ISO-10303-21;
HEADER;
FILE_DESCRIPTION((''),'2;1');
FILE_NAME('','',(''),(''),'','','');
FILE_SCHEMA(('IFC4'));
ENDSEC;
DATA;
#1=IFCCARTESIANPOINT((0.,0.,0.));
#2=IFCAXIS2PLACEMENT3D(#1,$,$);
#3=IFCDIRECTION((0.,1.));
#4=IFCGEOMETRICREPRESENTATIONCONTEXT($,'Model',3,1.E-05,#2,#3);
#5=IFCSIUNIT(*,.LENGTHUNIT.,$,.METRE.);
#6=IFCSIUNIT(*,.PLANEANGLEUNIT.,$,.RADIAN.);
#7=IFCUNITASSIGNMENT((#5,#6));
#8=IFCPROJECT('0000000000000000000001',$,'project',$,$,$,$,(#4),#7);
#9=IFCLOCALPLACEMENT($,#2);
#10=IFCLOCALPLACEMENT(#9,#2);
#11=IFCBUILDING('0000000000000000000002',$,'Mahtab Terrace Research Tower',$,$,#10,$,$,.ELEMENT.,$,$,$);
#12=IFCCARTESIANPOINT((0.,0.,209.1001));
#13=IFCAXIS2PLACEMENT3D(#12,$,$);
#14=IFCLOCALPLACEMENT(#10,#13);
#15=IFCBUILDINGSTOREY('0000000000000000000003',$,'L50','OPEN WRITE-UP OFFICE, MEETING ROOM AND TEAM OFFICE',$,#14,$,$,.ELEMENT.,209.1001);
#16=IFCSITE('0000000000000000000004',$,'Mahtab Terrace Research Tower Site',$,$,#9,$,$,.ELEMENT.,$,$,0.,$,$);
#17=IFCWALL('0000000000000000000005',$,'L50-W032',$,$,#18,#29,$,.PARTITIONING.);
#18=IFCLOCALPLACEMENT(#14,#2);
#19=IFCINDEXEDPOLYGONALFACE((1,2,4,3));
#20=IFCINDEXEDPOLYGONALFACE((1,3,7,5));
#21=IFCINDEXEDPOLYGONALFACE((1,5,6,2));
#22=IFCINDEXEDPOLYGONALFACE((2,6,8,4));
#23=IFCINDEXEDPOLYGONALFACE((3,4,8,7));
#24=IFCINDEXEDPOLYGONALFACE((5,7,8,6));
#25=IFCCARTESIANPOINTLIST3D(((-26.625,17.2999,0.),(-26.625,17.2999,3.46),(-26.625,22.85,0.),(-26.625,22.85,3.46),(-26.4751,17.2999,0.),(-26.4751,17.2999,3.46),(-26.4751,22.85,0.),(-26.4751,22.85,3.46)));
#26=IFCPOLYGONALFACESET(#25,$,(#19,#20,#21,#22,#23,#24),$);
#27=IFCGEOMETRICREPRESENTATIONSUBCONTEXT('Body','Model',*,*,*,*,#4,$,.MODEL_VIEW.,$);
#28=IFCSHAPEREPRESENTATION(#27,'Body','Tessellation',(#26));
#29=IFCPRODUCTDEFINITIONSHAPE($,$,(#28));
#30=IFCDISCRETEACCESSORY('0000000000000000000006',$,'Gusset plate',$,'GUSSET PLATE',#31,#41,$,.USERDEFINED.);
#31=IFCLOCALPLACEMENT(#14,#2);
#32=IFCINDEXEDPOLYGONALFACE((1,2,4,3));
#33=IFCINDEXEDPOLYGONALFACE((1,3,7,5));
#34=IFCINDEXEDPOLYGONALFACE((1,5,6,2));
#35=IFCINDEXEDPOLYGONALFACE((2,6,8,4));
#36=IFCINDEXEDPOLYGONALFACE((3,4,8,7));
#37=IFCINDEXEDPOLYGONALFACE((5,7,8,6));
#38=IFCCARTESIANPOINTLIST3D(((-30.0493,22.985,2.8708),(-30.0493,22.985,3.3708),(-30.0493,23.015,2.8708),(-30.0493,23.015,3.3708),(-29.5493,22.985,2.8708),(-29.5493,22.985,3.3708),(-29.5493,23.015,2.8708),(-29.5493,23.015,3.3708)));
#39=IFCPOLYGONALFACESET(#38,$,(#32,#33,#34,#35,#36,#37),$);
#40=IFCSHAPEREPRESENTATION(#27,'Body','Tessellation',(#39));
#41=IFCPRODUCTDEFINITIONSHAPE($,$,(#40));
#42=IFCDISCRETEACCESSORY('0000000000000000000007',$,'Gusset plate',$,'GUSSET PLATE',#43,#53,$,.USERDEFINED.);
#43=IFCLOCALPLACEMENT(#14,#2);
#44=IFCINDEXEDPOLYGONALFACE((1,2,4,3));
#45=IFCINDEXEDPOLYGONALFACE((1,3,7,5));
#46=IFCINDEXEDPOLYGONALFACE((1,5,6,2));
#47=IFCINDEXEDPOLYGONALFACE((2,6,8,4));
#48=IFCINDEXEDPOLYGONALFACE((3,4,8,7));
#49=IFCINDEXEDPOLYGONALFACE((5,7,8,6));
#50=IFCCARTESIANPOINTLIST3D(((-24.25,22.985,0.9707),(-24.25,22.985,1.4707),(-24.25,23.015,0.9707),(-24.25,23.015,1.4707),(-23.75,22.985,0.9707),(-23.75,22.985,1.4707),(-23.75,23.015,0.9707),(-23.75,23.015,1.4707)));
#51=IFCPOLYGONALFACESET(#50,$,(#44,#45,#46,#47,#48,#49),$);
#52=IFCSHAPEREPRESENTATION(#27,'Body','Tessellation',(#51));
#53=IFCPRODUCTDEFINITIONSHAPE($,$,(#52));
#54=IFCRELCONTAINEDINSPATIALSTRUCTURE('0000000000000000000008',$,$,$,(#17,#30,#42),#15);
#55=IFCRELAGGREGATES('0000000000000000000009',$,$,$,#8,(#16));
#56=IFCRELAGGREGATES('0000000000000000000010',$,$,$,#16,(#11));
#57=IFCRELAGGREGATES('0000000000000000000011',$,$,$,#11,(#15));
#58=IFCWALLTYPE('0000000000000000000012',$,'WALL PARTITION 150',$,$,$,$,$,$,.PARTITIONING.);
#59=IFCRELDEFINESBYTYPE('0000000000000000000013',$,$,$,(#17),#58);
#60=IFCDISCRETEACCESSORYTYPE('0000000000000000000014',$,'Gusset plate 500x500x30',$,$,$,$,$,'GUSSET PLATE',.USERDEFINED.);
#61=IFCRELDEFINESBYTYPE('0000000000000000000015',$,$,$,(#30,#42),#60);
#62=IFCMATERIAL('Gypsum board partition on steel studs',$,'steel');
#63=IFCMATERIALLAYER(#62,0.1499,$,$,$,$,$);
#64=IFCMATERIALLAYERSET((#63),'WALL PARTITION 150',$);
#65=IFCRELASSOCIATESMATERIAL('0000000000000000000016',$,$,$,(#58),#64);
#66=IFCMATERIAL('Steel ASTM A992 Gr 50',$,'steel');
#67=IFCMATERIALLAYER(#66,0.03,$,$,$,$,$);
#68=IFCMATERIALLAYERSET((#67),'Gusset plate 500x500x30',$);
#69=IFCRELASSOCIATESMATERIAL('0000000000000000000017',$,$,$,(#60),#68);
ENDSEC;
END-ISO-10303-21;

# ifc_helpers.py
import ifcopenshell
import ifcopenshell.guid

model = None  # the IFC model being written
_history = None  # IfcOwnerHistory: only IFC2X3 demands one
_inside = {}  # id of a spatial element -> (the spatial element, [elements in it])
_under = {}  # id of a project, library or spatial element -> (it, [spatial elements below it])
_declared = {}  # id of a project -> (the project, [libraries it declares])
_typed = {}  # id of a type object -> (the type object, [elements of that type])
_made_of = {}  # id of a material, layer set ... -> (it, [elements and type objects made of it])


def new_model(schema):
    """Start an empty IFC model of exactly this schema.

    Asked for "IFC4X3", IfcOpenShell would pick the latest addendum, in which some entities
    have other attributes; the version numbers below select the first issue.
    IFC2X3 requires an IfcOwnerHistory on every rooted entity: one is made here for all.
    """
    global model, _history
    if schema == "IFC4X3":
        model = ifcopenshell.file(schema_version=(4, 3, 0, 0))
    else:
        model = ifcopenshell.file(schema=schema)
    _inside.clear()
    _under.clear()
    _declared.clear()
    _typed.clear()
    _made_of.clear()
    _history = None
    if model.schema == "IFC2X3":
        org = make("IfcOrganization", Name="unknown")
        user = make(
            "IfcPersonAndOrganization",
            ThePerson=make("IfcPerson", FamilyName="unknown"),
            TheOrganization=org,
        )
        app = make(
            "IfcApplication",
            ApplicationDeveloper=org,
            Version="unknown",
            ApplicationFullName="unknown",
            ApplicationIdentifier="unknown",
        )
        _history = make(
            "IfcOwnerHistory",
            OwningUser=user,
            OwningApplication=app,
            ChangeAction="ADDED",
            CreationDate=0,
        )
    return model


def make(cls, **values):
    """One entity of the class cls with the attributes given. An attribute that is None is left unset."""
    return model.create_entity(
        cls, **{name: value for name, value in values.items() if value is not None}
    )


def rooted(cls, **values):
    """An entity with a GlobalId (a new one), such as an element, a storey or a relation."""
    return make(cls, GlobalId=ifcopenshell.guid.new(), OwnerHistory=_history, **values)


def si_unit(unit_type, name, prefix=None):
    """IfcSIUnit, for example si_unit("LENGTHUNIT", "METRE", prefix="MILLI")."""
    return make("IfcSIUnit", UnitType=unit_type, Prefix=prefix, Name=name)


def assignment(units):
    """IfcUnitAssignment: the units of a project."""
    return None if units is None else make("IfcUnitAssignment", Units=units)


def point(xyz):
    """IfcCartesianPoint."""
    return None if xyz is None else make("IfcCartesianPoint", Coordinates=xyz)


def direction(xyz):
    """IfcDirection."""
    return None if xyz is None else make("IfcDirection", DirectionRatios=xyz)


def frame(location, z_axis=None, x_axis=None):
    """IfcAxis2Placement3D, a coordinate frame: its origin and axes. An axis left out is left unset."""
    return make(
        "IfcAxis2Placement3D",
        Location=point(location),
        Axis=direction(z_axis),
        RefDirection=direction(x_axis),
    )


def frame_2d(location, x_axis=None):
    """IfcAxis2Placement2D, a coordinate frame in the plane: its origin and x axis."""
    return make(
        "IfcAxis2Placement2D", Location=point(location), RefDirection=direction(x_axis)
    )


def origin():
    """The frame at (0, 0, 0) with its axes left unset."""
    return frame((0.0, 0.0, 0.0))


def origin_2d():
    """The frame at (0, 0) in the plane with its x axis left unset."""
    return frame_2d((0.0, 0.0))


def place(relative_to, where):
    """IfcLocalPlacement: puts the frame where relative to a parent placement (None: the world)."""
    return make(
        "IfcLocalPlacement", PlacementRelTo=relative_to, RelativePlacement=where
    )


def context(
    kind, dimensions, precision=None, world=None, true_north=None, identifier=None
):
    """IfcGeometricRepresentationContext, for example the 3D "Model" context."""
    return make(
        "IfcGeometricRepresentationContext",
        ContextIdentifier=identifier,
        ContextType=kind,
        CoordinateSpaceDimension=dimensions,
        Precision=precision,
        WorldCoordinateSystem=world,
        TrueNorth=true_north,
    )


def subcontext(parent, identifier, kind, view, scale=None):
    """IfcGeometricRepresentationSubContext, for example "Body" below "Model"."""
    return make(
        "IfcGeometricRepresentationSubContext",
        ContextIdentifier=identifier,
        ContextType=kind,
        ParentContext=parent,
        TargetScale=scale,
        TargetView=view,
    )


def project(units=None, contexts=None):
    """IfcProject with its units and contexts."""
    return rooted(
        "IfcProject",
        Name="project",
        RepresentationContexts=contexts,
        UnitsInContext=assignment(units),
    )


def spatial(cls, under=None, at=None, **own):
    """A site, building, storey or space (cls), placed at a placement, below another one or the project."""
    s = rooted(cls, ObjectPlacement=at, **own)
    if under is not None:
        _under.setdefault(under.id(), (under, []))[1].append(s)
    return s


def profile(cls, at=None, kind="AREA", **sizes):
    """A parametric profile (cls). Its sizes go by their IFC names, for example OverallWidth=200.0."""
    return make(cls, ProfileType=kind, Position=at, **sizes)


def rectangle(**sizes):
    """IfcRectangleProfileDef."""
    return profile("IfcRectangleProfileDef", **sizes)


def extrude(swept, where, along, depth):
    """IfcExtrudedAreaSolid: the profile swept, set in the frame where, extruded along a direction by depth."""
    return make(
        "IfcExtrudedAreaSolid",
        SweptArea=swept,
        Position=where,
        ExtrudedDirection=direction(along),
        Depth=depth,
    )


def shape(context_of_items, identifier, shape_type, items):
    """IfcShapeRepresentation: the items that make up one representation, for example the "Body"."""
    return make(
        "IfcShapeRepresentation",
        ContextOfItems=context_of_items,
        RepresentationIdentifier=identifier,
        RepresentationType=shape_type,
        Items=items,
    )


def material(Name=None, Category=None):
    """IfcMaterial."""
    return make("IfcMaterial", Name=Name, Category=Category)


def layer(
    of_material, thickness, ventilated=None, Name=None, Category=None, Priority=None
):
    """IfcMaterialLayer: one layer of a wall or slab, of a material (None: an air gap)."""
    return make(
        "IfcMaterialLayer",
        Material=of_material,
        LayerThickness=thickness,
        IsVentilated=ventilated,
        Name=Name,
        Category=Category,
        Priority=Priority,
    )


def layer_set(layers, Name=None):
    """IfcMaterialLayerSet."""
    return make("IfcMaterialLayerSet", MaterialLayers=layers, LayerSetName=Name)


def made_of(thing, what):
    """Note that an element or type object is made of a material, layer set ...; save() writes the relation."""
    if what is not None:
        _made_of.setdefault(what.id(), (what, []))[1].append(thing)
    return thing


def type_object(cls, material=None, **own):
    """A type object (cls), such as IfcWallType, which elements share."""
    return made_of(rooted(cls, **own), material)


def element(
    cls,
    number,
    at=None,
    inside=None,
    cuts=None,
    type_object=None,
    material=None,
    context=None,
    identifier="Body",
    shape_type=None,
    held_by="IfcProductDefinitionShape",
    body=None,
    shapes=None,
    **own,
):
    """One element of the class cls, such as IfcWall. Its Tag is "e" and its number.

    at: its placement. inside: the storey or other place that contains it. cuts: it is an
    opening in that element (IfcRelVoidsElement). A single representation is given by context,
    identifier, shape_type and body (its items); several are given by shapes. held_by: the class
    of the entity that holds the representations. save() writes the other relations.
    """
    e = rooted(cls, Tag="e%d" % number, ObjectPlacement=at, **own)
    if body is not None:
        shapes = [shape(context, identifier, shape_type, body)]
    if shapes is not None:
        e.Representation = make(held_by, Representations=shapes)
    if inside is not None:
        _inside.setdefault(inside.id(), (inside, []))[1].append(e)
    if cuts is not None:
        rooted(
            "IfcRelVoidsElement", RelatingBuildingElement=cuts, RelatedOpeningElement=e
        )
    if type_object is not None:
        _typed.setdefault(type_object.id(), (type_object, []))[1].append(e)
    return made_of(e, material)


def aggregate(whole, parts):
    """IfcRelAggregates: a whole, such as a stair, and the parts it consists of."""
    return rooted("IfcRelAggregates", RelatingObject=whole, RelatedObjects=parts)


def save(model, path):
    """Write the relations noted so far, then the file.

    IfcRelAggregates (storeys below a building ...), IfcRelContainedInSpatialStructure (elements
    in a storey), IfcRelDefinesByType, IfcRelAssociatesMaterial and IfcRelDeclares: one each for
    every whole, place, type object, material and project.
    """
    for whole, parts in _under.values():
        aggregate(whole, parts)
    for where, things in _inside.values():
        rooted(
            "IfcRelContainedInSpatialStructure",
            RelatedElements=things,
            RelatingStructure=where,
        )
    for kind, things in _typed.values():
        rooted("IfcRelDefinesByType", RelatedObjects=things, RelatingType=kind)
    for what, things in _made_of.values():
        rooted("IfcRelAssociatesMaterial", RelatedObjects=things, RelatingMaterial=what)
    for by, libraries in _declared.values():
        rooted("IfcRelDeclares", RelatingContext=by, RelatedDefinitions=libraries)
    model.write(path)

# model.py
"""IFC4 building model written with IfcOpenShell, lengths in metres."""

from ifc_helpers import new_model, si_unit, direction, frame, frame_2d, origin, origin_2d, place, context, subcontext, project, spatial, rectangle, extrude, material, layer, layer_set, type_object, element, save


model = new_model("IFC4")

# Units and contexts
model_context = context("Model", 3, precision=1e-05, world=origin(), true_north=direction((0.0, 1.0)))
body_context = subcontext(model_context, "Body", "Model", "MODEL_VIEW")
ifc_project = project(units=[si_unit("LENGTHUNIT", "METRE"), si_unit("PLANEANGLEUNIT", "RADIAN")], contexts=[model_context])

# Site, building, storey
site_placement = place(None, origin())
site = spatial("IfcSite", under=ifc_project, at=site_placement, Name="Mahtab Terrace Research Tower Site", CompositionType="ELEMENT", RefElevation=0.0)
building_placement = place(site_placement, origin())
building = spatial("IfcBuilding", under=site, at=building_placement, Name="Mahtab Terrace Research Tower", CompositionType="ELEMENT")
storey_placement = place(building_placement, frame((0.0, 0.0, 209.1001)))
storey = spatial("IfcBuildingStorey", under=building, at=storey_placement, Name="L50", Description="OPEN WRITE-UP OFFICE, MEETING ROOM AND TEAM OFFICE", CompositionType="ELEMENT", Elevation=209.1001)

# Shared definitions
ifc_material_1 = material(Name="Steel ASTM A992 Gr 50", Category="steel")

# Wall
ifc_material_2 = material(Name="Gypsum board partition on steel studs", Category="steel")
ifc_layer_1 = layer(ifc_material_2, 0.1499)
ifc_layer_set_1 = layer_set([ifc_layer_1], Name="WALL PARTITION 150")
wall_type_1 = type_object("IfcWallType", Name="WALL PARTITION 150", PredefinedType="PARTITIONING", material=ifc_layer_set_1)
for number, where, z_axis, x_axis, name in (
    (1, (-26.55, 17.3, 0.0), (0.0, 0.0, 1.0), (0.0, 1.0, 0.0), "L50-W032"),
):
    element("IfcWall", number, at=place(storey_placement, frame(where, z_axis=z_axis, x_axis=x_axis)), inside=storey, type_object=wall_type_1, Name=name, PredefinedType="PARTITIONING", context=body_context, shape_type="SweptSolid", body=[
        extrude(rectangle(XDim=5.55, YDim=0.1499, at=frame_2d((2.7749, 0.0))), origin(), (0.0, 0.0, 1.0), 3.46),
    ])

# Discrete accessories
ifc_layer_2 = layer(ifc_material_1, 0.03)
ifc_layer_set_2 = layer_set([ifc_layer_2], Name="Gusset plate 500x500x30")
discrete_accessory_type = type_object("IfcDiscreteAccessoryType", Name="Gusset plate 500x500x30", ElementType="GUSSET PLATE", PredefinedType="USERDEFINED", material=ifc_layer_set_2)
for number, where, z_axis, x_axis, name in (
    (2, (-29.7993, 23.0, 2.8708), (0.0, 0.0, 1.0), (1.0, 0.0, 0.0), "Gusset plate"),
    (3, (-24.0, 23.0, 0.9707), (0.0, 0.0, 1.0), (1.0, 0.0, 0.0), "Gusset plate"),
):
    element("IfcDiscreteAccessory", number, at=place(storey_placement, frame(where, z_axis=z_axis, x_axis=x_axis)), inside=storey, type_object=discrete_accessory_type, Name=name, ObjectType="GUSSET PLATE", PredefinedType="USERDEFINED", context=body_context, shape_type="SweptSolid", body=[
        extrude(rectangle(XDim=0.5, YDim=0.03, at=origin_2d()), origin(), (0.0, 0.0, 1.0), 0.5),
    ])

save(model, "model.ifc")
